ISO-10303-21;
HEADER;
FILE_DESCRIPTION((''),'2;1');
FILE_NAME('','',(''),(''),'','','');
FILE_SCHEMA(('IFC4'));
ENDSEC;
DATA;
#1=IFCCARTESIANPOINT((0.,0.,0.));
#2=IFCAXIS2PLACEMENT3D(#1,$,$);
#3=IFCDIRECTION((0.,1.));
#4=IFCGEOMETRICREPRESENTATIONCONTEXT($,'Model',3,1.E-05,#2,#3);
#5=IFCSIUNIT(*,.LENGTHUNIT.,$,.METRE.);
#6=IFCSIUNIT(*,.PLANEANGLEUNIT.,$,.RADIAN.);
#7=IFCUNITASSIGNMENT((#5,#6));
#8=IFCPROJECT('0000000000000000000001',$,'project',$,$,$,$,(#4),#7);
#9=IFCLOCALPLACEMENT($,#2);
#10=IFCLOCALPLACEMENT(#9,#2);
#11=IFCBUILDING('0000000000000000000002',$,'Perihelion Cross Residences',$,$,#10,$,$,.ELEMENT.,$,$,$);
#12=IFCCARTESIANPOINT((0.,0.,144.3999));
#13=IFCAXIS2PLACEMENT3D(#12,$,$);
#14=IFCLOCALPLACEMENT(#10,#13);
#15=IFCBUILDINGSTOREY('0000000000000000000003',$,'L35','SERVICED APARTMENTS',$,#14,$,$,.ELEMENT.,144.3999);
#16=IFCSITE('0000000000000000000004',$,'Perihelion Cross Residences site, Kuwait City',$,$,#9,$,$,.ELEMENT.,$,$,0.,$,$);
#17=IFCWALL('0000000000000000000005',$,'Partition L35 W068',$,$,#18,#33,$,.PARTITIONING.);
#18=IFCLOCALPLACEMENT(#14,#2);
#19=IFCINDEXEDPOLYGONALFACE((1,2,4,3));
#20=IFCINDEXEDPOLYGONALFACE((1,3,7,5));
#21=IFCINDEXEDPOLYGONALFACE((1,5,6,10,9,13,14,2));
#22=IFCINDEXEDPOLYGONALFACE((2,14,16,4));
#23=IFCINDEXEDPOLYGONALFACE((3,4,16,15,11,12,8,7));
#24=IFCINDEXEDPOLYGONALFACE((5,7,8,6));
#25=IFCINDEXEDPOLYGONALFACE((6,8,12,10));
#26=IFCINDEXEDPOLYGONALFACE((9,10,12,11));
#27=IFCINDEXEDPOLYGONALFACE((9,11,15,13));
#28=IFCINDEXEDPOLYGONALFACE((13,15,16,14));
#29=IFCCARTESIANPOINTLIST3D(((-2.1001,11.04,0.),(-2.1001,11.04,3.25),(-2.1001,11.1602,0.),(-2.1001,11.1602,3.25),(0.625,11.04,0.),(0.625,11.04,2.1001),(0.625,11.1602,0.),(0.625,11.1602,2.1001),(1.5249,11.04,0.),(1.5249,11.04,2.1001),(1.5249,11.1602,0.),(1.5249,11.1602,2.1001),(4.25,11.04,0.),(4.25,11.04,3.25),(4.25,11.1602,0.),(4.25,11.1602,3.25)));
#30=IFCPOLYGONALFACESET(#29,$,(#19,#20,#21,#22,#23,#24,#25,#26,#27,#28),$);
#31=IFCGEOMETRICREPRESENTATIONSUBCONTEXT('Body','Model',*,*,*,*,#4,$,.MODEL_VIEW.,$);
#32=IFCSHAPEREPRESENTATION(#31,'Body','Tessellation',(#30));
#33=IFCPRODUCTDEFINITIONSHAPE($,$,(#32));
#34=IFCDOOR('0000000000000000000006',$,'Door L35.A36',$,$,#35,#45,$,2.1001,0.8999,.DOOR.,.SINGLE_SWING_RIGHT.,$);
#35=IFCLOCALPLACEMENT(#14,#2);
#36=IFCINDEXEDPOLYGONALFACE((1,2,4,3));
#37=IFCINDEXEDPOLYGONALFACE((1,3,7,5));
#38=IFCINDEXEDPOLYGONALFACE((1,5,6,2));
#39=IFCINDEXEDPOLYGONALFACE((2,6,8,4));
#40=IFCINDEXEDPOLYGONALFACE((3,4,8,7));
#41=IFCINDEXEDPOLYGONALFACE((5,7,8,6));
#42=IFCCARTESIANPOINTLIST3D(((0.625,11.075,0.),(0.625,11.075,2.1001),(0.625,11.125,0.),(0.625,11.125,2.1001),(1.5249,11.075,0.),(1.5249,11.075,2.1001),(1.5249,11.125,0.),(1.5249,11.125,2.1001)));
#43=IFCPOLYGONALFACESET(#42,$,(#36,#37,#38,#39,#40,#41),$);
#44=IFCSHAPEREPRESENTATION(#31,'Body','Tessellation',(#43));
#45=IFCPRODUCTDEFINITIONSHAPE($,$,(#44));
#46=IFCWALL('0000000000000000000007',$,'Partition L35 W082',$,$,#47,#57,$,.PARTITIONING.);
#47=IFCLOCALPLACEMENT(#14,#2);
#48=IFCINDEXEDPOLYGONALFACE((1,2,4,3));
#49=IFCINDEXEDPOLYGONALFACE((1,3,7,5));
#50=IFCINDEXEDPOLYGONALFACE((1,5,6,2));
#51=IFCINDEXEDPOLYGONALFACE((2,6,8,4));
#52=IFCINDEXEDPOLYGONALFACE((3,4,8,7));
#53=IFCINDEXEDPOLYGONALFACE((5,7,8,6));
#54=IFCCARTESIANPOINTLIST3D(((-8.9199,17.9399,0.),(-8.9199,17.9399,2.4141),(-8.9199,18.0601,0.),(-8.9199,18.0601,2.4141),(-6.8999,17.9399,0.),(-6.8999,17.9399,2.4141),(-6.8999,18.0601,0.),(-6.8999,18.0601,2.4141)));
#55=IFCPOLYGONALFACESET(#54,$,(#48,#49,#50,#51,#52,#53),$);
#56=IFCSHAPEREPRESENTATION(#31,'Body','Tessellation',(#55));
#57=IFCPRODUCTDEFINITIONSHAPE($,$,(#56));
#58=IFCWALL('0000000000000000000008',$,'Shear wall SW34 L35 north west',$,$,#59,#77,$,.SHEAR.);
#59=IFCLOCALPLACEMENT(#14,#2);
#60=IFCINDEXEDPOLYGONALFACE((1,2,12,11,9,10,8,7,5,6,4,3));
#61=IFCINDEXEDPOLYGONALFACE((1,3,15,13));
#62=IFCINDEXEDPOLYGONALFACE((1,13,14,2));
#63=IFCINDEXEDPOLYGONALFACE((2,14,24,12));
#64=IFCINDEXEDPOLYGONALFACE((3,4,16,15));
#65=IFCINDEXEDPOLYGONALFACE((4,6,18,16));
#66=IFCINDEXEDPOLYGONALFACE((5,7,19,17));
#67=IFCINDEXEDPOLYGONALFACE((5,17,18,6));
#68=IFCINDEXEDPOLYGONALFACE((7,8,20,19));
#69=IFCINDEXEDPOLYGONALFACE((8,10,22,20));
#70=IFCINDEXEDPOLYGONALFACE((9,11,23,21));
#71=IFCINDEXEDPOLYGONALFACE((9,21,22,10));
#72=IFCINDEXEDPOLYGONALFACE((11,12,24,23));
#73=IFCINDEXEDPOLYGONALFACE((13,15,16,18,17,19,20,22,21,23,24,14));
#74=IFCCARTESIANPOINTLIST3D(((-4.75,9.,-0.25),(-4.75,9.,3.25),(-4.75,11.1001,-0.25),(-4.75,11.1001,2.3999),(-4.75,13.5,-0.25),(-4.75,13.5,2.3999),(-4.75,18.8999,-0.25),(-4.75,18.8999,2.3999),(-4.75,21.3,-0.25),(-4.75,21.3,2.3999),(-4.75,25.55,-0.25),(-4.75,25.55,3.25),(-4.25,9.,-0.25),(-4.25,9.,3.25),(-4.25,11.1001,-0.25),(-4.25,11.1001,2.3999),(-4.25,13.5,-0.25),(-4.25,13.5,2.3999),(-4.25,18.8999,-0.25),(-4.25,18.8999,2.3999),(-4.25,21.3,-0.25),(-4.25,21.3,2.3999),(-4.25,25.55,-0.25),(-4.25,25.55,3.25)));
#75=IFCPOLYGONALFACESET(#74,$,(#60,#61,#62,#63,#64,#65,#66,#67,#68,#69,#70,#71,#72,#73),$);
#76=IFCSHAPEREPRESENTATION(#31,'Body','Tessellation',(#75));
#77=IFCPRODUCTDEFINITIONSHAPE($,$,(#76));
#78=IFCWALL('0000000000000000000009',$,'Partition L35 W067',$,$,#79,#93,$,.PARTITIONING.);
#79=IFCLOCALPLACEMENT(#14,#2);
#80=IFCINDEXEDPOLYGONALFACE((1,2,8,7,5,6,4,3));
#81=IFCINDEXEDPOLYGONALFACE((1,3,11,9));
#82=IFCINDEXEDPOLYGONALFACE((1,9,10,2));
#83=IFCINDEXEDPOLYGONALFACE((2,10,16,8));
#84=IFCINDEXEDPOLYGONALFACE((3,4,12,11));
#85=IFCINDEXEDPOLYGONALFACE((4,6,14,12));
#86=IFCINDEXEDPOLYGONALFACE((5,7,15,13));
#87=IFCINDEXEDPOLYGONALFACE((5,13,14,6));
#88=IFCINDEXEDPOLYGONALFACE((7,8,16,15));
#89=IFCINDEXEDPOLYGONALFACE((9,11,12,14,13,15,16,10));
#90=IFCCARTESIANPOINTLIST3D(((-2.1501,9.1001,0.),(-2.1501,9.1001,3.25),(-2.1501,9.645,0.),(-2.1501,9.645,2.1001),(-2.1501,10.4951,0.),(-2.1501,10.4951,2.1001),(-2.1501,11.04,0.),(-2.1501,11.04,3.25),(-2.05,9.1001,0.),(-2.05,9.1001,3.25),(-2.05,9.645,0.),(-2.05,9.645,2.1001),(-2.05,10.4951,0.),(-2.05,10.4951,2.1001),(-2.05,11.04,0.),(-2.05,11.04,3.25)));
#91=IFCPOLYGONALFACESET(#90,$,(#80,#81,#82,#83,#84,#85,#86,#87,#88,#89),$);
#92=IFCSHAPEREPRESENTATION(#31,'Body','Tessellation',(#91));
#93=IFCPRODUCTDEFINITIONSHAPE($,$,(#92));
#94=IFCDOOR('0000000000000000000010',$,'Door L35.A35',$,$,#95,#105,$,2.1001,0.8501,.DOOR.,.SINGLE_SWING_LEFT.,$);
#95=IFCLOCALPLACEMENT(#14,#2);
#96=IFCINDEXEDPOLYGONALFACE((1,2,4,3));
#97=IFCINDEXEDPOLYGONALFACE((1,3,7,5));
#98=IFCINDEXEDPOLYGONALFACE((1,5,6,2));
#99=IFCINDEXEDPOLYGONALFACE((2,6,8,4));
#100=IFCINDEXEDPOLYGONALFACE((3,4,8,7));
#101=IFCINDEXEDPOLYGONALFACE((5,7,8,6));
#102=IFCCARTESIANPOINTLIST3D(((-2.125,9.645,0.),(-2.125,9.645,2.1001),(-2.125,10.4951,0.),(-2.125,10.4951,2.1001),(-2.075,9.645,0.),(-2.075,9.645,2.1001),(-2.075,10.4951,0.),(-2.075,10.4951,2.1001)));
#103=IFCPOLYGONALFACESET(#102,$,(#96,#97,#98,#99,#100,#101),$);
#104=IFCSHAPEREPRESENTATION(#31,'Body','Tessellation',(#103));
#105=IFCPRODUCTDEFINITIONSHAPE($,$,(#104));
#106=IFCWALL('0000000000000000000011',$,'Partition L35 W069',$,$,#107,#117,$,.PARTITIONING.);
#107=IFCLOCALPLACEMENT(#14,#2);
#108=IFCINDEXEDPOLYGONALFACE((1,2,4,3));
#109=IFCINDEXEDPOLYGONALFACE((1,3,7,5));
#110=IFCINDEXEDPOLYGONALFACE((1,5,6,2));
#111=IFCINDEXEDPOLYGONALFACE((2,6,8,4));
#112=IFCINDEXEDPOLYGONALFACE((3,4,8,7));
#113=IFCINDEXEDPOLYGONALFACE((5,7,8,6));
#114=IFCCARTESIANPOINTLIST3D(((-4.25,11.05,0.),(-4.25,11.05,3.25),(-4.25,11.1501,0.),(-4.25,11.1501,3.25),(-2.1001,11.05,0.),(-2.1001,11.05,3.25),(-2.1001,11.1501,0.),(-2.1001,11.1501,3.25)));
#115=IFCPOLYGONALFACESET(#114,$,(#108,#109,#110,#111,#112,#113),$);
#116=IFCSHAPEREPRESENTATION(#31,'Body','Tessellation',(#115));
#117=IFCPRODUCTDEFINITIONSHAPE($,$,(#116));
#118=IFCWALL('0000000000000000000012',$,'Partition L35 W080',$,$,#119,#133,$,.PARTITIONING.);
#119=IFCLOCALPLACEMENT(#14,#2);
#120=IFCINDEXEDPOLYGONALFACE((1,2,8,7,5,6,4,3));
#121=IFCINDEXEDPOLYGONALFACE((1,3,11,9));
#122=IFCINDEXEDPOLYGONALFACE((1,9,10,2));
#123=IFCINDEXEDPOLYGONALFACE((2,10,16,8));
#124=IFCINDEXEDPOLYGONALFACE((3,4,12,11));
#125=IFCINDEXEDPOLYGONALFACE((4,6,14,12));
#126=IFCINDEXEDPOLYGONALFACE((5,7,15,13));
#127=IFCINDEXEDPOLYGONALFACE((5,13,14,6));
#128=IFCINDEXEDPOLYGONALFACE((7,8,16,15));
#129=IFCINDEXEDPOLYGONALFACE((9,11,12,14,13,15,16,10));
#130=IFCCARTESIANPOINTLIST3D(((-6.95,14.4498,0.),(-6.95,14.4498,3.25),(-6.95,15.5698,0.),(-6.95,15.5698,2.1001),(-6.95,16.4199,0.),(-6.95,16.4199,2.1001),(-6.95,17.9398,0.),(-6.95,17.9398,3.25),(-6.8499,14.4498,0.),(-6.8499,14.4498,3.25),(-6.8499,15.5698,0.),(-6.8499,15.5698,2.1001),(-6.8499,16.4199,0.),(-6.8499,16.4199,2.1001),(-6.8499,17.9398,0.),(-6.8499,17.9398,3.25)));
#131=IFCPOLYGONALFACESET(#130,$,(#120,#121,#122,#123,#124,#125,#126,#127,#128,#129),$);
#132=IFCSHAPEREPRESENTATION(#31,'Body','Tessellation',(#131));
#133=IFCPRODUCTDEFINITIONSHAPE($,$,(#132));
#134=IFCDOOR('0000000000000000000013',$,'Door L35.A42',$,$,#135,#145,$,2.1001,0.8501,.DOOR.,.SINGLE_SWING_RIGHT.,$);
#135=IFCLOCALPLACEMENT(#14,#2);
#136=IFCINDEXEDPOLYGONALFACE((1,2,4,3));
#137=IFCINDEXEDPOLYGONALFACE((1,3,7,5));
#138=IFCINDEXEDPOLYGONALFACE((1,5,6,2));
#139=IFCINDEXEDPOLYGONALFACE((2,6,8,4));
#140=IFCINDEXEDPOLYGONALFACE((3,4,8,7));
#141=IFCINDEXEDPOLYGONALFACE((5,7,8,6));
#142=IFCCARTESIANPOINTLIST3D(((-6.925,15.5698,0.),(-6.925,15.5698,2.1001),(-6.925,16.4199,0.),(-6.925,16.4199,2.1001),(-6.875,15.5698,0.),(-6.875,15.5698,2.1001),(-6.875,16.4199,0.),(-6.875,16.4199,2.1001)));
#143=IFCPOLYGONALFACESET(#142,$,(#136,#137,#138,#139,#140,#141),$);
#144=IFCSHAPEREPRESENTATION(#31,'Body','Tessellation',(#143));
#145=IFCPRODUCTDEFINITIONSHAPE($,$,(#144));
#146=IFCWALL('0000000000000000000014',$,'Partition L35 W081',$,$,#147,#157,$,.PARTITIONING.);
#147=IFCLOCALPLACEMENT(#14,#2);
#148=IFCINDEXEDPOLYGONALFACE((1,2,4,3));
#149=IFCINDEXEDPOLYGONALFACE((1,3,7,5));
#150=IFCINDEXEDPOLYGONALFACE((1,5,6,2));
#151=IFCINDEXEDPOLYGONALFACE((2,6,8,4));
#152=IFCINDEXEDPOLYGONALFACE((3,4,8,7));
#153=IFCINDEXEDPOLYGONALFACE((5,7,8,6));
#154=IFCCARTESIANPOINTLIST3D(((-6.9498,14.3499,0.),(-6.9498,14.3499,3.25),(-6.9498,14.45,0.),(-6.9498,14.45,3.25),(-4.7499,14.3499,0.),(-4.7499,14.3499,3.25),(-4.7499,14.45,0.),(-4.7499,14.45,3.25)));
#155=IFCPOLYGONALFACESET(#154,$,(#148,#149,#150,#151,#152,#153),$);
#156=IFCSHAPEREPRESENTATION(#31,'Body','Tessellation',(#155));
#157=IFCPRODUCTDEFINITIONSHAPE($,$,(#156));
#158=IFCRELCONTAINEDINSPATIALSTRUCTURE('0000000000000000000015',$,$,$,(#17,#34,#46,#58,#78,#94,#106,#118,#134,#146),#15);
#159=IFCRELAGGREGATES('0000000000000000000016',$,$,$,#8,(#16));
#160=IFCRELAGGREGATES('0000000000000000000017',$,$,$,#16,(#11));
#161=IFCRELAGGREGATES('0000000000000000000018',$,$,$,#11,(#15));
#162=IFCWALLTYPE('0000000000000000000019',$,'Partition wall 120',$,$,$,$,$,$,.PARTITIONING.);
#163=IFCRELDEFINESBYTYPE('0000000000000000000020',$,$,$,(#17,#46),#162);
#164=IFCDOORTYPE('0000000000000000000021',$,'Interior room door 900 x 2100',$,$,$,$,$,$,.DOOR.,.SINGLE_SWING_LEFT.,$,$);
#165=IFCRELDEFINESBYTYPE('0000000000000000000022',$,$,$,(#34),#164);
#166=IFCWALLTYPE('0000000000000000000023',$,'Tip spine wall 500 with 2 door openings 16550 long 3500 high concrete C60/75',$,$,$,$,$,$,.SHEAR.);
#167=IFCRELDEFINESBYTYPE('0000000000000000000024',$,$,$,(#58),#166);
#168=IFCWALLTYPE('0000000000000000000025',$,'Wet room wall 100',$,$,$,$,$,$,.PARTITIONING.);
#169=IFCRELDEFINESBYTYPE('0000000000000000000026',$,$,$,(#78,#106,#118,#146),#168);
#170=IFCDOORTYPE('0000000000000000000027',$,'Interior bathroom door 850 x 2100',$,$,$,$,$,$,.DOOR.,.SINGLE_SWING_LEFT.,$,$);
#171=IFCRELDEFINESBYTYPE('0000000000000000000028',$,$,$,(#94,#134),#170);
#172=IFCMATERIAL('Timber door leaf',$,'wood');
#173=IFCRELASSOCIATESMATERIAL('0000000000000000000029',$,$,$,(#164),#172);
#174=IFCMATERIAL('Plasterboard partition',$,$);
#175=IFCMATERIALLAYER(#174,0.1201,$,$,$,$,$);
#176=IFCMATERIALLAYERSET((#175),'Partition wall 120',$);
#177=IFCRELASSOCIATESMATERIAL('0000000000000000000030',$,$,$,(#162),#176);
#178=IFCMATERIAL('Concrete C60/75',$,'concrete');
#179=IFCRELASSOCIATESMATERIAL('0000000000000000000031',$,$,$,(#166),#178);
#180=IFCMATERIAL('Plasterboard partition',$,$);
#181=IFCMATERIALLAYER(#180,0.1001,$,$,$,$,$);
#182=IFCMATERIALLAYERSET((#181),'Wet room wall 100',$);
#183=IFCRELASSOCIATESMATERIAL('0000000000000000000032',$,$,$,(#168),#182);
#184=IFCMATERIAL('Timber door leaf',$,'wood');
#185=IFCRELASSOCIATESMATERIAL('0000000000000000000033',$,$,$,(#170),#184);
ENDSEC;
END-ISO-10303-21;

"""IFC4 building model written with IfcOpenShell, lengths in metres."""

from ifc_helpers import new_model, si_unit, direction, frame, frame_2d, origin, place, context, subcontext, project, spatial, polyline, rectangle, outline, extrude, material, layer, layer_set, material_profile, profile_set, type_object, element, fill, save


model = new_model("IFC4")

# Units and contexts
model_context = context("Model", 3, precision=1e-05, world=origin(), true_north=direction((0.0, 1.0)))
body_context = subcontext(model_context, "Body", "Model", "MODEL_VIEW")
ifc_project = project(units=[si_unit("LENGTHUNIT", "METRE"), si_unit("PLANEANGLEUNIT", "RADIAN")], contexts=[model_context])

# Site, building, storey
site_placement = place(None, origin())
site = spatial("IfcSite", under=ifc_project, at=site_placement, Name="Perihelion Cross Residences site, Kuwait City", CompositionType="ELEMENT", RefElevation=0.0)
building_placement = place(site_placement, origin())
building = spatial("IfcBuilding", under=site, at=building_placement, Name="Perihelion Cross Residences", CompositionType="ELEMENT")
storey_placement = place(building_placement, frame((0.0, 0.0, 144.3999)))
storey = spatial("IfcBuildingStorey", under=building, at=storey_placement, Name="L35", Description="SERVICED APARTMENTS", CompositionType="ELEMENT", Elevation=144.3999)

# Shared definitions
ifc_material_1 = material(Name="Timber door leaf", Category="wood")
door_type_1 = type_object("IfcDoorType", Name="Interior room door 900 x 2100", OperationType="SINGLE_SWING_LEFT", PredefinedType="DOOR", material=ifc_material_1)

# Shared definitions
ifc_material_2 = material(Name="Plasterboard partition")
ifc_layer_1 = layer(ifc_material_2, 0.1201)
ifc_layer_set_1 = layer_set([ifc_layer_1], Name="Partition wall 120")
wall_type_1 = type_object("IfcWallType", Name="Partition wall 120", PredefinedType="PARTITIONING", material=ifc_layer_set_1)

# Wall, opening, door
wall_1_placement = place(storey_placement, frame((-2.1001, 11.1001, 0.0), z_axis=(0.0, 0.0, 1.0), x_axis=(1.0, 0.0, 0.0)))
wall_1 = element("IfcWall", 1, at=wall_1_placement, inside=storey, type_object=wall_type_1, Name="Partition L35 W068", PredefinedType="PARTITIONING", context=body_context, shape_type="SweptSolid", body=[
    extrude(rectangle(XDim=6.3501, YDim=0.1201, at=frame_2d((3.175, 0.0))), origin(), (0.0, 0.0, 1.0), 3.25),
])
opening_1_placement = place(wall_1_placement, frame((2.7251, 0.0, 0.0)))
opening_1 = element("IfcOpeningElement", 2, at=opening_1_placement, cuts=wall_1, PredefinedType="OPENING", context=body_context, shape_type="SweptSolid", body=[
    extrude(rectangle(XDim=0.8999, YDim=2.1001, at=frame_2d((0.45, 1.05))), frame((0.0, 0.0701, 0.0), z_axis=(0.0, -1.0, 0.0), x_axis=(1.0, 0.0, 0.0)), (0.0, 0.0, 1.0), 0.1401),
])
door_1_placement = place(opening_1_placement, origin())
door_1 = element("IfcDoor", 3, at=door_1_placement, inside=storey, type_object=door_type_1, Name="Door L35.A36", OperationType="SINGLE_SWING_RIGHT", OverallHeight=2.1001, OverallWidth=0.8999, PredefinedType="DOOR", context=body_context, shape_type="SweptSolid", body=[
    extrude(rectangle(XDim=0.8999, YDim=2.1001, at=frame_2d((0.45, 1.05))), frame((0.0, 0.0249, 0.0), z_axis=(0.0, -1.0, 0.0), x_axis=(1.0, 0.0, 0.0)), (0.0, 0.0, 1.0), 0.05),
])
fill(opening_1, door_1)

# Walls
wall_2_placement = place(storey_placement, frame((-8.9199, 18.0, 0.0), z_axis=(0.0, 0.0, 1.0), x_axis=(1.0, 0.0, 0.0)))
element("IfcWall", 4, at=wall_2_placement, inside=storey, type_object=wall_type_1, Name="Partition L35 W082", PredefinedType="PARTITIONING", context=body_context, shape_type="SweptSolid", body=[
    extrude(rectangle(XDim=2.02, YDim=0.1201, at=frame_2d((1.01, 0.0))), origin(), (0.0, 0.0, 1.0), 2.4141),
])
ifc_material_3 = material(Name="Concrete C60/75", Category="concrete")
ifc_material_profile_1 = material_profile(ifc_material_3, outline(polyline([(0.0, 0.0), (2.1001, 0.0), (2.1001, 2.6499), (4.5, 2.6499), (4.5, 0.0), (9.8999, 0.0), (9.8999, 2.6499), (12.3, 2.6499), (12.3, 0.0), (16.55, 0.0), (16.55, 3.5), (0.0, 3.5), (0.0, 0.0)])), Name="Tip spine wall")
ifc_profile_set_1 = profile_set([ifc_material_profile_1], Name="Concrete C60/75")
wall_type_2 = type_object("IfcWallType", Name="Tip spine wall 500 with 2 door openings 16550 long 3500 high concrete C60/75", PredefinedType="SHEAR", material=ifc_profile_set_1)
wall_3_placement = place(storey_placement, frame((-4.75, 9.0, -0.25), z_axis=(1.0, 0.0, 0.0), x_axis=(0.0, 1.0, 0.0)))
element("IfcWall", 5, at=wall_3_placement, inside=storey, type_object=wall_type_2, Name="Shear wall SW34 L35 north west", PredefinedType="SHEAR", context=body_context, shape_type="SweptSolid", body=[
    extrude(outline(polyline([(0.0, 0.0), (2.1001, 0.0), (2.1001, 2.6499), (4.5, 2.6499), (4.5, 0.0), (9.8999, 0.0), (9.8999, 2.6499), (12.3, 2.6499), (12.3, 0.0), (16.55, 0.0), (16.55, 3.5), (0.0, 3.5), (0.0, 0.0)])), origin(), (0.0, 0.0, 1.0), 0.5),
])

# Wall, opening, door
ifc_material_4 = material(Name="Plasterboard partition")
ifc_layer_2 = layer(ifc_material_4, 0.1001)
ifc_layer_set_2 = layer_set([ifc_layer_2], Name="Wet room wall 100")
wall_type_3 = type_object("IfcWallType", Name="Wet room wall 100", PredefinedType="PARTITIONING", material=ifc_layer_set_2)
wall_4_placement = place(storey_placement, frame((-2.1001, 9.1001, 0.0), z_axis=(0.0, 0.0, 1.0), x_axis=(0.0, 1.0, 0.0)))
wall_4 = element("IfcWall", 6, at=wall_4_placement, inside=storey, type_object=wall_type_3, Name="Partition L35 W067", PredefinedType="PARTITIONING", context=body_context, shape_type="SweptSolid", body=[
    extrude(rectangle(XDim=1.9399, YDim=0.1001, at=frame_2d((0.97, 0.0))), origin(), (0.0, 0.0, 1.0), 3.25),
])
opening_2_placement = place(wall_4_placement, frame((0.5449, 0.0, 0.0)))
opening_2 = element("IfcOpeningElement", 7, at=opening_2_placement, cuts=wall_4, PredefinedType="OPENING", context=body_context, shape_type="SweptSolid", body=[
    extrude(rectangle(XDim=0.8501, YDim=2.1001, at=frame_2d((0.425, 1.05))), frame((0.0, 0.0601, 0.0), z_axis=(0.0, -1.0, 0.0), x_axis=(1.0, 0.0, 0.0)), (0.0, 0.0, 1.0), 0.1201),
])
ifc_material_5 = material(Name="Timber door leaf", Category="wood")
door_type_2 = type_object("IfcDoorType", Name="Interior bathroom door 850 x 2100", OperationType="SINGLE_SWING_LEFT", PredefinedType="DOOR", material=ifc_material_5)
door_2_placement = place(opening_2_placement, origin())
door_2 = element("IfcDoor", 8, at=door_2_placement, inside=storey, type_object=door_type_2, Name="Door L35.A35", OperationType="SINGLE_SWING_LEFT", OverallHeight=2.1001, OverallWidth=0.8501, PredefinedType="DOOR", context=body_context, shape_type="SweptSolid", body=[
    extrude(rectangle(XDim=0.8501, YDim=2.1001, at=frame_2d((0.425, 1.05))), frame((0.0, 0.0249, 0.0), z_axis=(0.0, -1.0, 0.0), x_axis=(1.0, 0.0, 0.0)), (0.0, 0.0, 1.0), 0.05),
])
fill(opening_2, door_2)

# Wall
wall_5_placement = place(storey_placement, frame((-4.25, 11.1001, 0.0), z_axis=(0.0, 0.0, 1.0), x_axis=(1.0, 0.0, 0.0)))
element("IfcWall", 9, at=wall_5_placement, inside=storey, type_object=wall_type_3, Name="Partition L35 W069", PredefinedType="PARTITIONING", context=body_context, shape_type="SweptSolid", body=[
    extrude(rectangle(XDim=2.1499, YDim=0.1001, at=frame_2d((1.075, 0.0))), origin(), (0.0, 0.0, 1.0), 3.25),
])

# Wall, opening, door
wall_6_placement = place(storey_placement, frame((-6.8999, 17.9399, 0.0), z_axis=(0.0, 0.0, 1.0), x_axis=(0.0, -1.0, 0.0)))
wall_6 = element("IfcWall", 10, at=wall_6_placement, inside=storey, type_object=wall_type_3, Name="Partition L35 W080", PredefinedType="PARTITIONING", context=body_context, shape_type="SweptSolid", body=[
    extrude(rectangle(XDim=3.49, YDim=0.1001, at=frame_2d((1.7451, 0.0))), origin(), (0.0, 0.0, 1.0), 3.25),
])
opening_3_placement = place(wall_6_placement, frame((1.52, 0.0, 0.0)))
opening_3 = element("IfcOpeningElement", 11, at=opening_3_placement, cuts=wall_6, PredefinedType="OPENING", context=body_context, shape_type="SweptSolid", body=[
    extrude(rectangle(XDim=0.8501, YDim=2.1001, at=frame_2d((0.425, 1.05))), frame((0.0, 0.0601, 0.0), z_axis=(0.0, -1.0, 0.0), x_axis=(1.0, 0.0, 0.0)), (0.0, 0.0, 1.0), 0.1201),
])
door_3_placement = place(opening_3_placement, origin())
door_3 = element("IfcDoor", 12, at=door_3_placement, inside=storey, type_object=door_type_2, Name="Door L35.A42", OperationType="SINGLE_SWING_RIGHT", OverallHeight=2.1001, OverallWidth=0.8501, PredefinedType="DOOR", context=body_context, shape_type="SweptSolid", body=[
    extrude(rectangle(XDim=0.8501, YDim=2.1001, at=frame_2d((0.425, 1.05))), frame((0.0, 0.0249, 0.0), z_axis=(0.0, -1.0, 0.0), x_axis=(1.0, 0.0, 0.0)), (0.0, 0.0, 1.0), 0.05),
])
fill(opening_3, door_3)

# Wall
wall_7_placement = place(storey_placement, frame((-6.95, 14.3999, 0.0), z_axis=(0.0, 0.0, 1.0), x_axis=(1.0, 0.0, 0.0)))
element("IfcWall", 13, at=wall_7_placement, inside=storey, type_object=wall_type_3, Name="Partition L35 W081", PredefinedType="PARTITIONING", context=body_context, shape_type="SweptSolid", body=[
    extrude(rectangle(XDim=2.2, YDim=0.1001, at=frame_2d((1.1001, 0.0))), origin(), (0.0, 0.0, 1.0), 3.25),
])

save(model, "model.ifc")
